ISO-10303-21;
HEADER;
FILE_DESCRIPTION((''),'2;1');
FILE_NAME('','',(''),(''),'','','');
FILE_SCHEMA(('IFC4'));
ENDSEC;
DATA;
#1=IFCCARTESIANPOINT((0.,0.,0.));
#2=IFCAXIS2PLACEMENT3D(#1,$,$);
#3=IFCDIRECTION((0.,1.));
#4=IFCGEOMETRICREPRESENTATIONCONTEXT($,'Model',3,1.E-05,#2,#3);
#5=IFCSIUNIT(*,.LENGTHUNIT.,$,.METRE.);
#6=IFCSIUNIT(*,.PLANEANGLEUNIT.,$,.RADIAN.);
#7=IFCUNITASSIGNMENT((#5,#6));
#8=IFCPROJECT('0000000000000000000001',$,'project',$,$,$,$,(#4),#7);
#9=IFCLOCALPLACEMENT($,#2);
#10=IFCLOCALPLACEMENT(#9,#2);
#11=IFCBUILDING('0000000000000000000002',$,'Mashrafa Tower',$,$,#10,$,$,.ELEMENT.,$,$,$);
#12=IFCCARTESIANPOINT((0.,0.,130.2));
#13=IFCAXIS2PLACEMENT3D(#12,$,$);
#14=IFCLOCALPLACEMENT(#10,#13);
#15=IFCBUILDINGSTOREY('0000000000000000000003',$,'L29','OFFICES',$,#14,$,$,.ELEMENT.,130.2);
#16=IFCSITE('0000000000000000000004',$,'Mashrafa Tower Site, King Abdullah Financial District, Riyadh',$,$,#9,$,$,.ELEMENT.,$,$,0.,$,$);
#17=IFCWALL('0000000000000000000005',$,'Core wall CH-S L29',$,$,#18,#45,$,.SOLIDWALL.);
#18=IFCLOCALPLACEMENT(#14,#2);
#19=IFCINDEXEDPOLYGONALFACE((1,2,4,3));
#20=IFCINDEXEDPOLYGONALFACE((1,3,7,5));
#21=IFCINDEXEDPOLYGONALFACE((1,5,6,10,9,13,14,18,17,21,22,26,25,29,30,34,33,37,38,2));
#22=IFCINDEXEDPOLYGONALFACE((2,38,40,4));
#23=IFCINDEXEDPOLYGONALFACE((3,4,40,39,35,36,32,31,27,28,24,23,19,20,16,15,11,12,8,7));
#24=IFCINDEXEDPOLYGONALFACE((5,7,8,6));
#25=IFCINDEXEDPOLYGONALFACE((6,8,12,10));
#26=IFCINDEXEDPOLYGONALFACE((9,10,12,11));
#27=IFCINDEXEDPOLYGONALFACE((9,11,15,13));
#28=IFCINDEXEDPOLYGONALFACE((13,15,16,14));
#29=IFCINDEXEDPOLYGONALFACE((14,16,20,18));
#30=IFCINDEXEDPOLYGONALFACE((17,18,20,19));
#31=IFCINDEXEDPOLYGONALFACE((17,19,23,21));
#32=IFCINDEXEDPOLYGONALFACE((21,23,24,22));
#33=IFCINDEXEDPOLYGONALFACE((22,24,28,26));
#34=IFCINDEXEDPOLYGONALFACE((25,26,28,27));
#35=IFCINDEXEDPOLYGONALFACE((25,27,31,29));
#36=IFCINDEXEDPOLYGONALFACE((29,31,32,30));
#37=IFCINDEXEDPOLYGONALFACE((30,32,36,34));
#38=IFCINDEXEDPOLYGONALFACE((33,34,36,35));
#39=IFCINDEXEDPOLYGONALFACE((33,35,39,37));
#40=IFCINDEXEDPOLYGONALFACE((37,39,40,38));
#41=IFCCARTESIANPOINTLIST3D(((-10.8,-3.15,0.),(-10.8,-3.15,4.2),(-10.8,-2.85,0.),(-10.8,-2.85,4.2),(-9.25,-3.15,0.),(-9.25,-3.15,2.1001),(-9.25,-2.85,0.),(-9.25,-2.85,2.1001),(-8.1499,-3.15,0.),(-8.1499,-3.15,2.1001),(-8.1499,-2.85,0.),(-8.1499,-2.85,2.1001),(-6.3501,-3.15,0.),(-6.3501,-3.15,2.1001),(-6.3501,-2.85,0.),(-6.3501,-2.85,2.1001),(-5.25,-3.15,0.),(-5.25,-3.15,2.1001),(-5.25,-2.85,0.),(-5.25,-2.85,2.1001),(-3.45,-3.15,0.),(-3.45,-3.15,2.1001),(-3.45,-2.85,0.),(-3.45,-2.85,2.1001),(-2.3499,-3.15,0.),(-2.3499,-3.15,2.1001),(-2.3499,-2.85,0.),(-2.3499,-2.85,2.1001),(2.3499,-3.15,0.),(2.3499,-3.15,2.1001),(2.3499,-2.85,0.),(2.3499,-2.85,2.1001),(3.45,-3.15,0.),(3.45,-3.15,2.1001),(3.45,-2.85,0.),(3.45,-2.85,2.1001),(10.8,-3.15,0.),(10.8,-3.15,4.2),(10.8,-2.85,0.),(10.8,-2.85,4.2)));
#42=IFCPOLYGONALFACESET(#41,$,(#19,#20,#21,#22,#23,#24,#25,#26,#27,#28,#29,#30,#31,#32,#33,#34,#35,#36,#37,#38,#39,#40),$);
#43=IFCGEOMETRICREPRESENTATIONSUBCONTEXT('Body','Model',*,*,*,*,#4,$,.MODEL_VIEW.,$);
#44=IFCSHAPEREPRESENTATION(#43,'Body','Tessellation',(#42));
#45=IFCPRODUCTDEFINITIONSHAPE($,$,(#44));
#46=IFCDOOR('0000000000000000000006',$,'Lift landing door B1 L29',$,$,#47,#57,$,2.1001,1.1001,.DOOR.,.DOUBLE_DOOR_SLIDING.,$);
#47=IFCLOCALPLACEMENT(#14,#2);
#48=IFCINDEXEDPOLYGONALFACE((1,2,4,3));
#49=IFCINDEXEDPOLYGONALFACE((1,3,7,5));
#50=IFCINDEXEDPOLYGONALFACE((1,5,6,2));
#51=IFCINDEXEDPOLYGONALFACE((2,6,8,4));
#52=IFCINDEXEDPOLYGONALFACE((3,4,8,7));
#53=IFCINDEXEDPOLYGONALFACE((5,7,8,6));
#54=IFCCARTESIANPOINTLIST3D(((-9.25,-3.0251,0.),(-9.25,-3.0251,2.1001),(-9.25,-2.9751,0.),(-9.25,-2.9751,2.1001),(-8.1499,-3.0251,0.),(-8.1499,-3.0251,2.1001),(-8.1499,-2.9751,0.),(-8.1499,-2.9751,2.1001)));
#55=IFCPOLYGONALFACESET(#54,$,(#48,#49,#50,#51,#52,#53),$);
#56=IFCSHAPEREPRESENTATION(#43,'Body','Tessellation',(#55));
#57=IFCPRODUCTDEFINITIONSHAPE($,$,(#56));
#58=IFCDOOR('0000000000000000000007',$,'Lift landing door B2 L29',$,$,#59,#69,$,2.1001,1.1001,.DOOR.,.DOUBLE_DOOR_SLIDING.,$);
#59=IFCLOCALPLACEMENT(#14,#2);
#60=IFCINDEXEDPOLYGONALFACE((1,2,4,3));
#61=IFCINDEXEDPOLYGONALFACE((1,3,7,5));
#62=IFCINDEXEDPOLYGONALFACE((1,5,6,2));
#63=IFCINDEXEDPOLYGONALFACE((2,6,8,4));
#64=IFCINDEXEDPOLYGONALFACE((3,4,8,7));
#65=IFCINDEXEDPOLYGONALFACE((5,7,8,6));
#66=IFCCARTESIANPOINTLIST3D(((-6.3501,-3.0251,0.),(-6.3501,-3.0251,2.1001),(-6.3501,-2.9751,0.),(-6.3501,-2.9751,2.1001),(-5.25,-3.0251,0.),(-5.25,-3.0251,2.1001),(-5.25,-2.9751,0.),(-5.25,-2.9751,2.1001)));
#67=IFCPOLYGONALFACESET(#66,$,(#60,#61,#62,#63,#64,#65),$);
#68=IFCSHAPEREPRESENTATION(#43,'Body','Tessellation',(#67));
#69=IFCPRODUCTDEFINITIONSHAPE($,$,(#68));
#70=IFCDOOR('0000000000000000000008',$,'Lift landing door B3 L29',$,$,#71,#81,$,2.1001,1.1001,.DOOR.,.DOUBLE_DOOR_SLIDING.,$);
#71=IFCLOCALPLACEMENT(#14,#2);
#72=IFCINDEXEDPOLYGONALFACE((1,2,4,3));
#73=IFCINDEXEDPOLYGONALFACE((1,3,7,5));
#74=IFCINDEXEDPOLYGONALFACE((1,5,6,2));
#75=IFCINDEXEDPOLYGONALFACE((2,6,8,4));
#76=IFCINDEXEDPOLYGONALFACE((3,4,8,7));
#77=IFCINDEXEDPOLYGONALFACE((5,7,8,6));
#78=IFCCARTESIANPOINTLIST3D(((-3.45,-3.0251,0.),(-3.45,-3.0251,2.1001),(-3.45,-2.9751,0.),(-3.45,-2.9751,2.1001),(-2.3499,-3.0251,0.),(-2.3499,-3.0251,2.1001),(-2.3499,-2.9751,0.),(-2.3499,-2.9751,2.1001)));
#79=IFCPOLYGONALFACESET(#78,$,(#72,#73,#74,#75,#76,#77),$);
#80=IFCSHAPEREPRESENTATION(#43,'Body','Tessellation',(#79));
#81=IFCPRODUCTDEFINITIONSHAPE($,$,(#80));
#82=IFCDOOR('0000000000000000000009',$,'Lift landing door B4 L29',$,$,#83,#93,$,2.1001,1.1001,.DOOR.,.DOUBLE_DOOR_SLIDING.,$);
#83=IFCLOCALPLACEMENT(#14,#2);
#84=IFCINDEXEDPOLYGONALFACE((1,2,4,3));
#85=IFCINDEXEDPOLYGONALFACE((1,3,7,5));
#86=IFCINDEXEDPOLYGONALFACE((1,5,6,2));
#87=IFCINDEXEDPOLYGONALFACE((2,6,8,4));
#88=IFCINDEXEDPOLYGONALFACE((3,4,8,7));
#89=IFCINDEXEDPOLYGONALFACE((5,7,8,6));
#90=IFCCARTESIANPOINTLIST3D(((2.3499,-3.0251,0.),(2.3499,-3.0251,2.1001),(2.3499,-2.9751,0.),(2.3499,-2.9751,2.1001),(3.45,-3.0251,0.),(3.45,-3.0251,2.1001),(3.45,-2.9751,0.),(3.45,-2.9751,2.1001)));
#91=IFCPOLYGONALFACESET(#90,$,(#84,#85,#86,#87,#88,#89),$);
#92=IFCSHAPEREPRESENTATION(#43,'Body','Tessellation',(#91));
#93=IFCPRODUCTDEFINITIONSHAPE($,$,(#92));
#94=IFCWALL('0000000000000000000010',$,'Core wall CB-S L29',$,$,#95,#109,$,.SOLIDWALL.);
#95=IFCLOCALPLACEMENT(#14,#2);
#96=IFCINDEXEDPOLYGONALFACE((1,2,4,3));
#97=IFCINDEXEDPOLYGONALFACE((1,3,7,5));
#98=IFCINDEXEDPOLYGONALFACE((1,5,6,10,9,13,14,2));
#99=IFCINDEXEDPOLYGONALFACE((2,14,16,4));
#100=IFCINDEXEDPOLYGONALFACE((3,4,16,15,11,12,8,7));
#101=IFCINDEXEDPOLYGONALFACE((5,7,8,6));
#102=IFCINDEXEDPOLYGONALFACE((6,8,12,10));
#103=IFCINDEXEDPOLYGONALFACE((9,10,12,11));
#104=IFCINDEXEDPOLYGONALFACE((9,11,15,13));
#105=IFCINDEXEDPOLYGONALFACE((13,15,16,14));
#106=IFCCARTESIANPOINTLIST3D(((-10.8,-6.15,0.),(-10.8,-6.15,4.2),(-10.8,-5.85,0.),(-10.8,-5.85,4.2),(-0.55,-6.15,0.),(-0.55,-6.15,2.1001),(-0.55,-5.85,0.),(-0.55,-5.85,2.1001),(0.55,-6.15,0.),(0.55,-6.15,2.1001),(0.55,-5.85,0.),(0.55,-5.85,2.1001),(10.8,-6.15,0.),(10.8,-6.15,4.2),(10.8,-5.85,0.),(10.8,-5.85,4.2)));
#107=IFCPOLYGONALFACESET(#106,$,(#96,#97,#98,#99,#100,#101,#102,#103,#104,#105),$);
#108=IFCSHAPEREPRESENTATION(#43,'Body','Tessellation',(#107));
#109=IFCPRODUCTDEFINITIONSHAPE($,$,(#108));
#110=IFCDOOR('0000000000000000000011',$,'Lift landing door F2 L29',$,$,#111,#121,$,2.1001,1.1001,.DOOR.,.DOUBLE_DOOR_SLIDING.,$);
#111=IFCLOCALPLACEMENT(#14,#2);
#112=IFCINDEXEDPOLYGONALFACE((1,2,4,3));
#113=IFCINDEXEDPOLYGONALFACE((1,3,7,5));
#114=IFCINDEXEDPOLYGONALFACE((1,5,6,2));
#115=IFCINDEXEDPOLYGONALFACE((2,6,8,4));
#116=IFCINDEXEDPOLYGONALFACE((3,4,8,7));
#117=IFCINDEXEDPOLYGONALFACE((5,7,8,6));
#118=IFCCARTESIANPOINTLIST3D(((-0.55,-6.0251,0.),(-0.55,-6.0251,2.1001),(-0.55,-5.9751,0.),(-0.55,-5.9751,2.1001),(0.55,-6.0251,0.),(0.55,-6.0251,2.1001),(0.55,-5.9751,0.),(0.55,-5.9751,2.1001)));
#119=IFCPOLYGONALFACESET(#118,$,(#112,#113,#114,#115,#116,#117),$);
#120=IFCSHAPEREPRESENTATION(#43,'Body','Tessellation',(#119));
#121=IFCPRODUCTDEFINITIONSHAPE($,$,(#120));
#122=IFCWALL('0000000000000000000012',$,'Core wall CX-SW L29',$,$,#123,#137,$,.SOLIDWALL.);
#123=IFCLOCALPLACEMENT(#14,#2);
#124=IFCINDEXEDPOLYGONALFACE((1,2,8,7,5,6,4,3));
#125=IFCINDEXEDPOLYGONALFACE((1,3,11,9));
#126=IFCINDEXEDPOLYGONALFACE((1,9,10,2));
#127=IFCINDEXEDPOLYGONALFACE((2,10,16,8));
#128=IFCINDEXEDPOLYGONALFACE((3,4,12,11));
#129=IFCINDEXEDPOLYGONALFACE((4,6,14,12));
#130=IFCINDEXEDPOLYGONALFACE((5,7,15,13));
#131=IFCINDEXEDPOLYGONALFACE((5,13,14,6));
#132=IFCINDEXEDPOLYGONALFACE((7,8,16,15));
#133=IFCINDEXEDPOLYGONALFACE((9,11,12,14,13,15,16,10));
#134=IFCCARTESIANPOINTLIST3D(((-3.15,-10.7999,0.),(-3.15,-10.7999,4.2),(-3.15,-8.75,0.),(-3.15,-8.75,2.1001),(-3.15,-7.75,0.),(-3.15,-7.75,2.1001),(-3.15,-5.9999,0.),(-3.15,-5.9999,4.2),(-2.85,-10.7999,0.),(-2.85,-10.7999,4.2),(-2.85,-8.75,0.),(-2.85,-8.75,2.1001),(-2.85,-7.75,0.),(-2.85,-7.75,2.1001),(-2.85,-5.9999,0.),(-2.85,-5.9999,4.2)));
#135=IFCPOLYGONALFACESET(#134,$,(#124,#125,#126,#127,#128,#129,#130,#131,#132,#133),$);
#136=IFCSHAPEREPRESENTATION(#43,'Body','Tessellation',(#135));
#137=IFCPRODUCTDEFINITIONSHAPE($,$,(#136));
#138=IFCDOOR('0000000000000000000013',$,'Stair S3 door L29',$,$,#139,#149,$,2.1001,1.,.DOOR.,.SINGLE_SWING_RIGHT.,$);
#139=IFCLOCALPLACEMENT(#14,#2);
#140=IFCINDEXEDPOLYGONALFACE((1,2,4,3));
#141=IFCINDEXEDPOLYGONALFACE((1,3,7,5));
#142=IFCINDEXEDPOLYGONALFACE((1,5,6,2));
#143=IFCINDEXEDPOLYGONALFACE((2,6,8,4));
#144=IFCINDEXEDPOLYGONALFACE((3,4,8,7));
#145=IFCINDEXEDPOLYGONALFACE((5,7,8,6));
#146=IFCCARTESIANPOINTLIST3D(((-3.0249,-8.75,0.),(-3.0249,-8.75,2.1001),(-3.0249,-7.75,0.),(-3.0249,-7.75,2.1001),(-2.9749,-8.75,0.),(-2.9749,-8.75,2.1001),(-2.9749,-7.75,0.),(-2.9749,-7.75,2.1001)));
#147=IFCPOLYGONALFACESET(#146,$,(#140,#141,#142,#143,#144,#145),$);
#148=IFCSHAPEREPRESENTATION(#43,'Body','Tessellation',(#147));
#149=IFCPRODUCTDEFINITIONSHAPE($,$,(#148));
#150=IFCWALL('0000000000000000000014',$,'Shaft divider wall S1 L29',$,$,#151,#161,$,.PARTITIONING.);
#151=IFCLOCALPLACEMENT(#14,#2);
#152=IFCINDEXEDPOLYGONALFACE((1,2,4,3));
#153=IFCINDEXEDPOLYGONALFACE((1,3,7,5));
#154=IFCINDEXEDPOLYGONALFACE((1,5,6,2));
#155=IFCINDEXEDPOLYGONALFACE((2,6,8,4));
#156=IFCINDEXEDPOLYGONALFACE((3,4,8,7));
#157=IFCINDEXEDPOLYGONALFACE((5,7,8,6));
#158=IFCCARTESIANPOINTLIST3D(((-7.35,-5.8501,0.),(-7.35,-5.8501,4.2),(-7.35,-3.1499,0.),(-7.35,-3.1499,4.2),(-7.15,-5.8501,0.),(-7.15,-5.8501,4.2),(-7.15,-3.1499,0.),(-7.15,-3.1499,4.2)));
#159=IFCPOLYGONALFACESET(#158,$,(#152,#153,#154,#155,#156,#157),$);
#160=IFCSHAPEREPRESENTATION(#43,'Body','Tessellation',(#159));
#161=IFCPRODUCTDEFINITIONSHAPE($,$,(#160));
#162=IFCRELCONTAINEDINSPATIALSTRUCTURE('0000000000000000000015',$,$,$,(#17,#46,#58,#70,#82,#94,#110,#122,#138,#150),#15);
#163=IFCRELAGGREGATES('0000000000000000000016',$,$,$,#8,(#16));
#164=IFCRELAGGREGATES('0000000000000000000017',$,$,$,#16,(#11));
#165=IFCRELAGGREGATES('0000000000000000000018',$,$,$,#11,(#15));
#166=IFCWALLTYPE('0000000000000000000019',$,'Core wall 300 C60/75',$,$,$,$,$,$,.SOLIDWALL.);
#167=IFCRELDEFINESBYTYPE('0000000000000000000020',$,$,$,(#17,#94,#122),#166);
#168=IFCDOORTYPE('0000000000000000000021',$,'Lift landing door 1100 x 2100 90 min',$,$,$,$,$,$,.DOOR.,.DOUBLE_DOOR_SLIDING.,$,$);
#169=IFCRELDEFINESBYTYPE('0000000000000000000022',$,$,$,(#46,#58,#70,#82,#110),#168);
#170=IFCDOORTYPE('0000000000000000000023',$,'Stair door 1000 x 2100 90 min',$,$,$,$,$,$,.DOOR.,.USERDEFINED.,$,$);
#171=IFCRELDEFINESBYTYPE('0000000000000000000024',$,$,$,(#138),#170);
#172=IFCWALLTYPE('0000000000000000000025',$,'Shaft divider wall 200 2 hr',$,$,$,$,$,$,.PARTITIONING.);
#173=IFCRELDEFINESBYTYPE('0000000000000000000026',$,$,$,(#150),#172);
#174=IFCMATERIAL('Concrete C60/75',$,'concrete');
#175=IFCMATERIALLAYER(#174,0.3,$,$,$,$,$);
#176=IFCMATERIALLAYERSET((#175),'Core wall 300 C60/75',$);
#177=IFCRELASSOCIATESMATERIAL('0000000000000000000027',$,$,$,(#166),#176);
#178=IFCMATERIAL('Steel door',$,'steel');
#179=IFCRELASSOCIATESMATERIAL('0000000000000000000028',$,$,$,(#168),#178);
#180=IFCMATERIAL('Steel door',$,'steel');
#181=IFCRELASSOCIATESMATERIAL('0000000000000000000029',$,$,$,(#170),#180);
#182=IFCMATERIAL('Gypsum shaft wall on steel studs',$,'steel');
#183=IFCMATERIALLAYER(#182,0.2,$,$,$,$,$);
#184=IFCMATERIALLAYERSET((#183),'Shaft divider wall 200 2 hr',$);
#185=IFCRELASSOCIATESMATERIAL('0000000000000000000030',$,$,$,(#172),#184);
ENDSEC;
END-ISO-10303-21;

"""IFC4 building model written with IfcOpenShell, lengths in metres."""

from ifc_helpers import new_model, si_unit, direction, frame, frame_2d, origin, place, context, subcontext, project, spatial, rectangle, extrude, material, layer, layer_set, type_object, element, fill, save


model = new_model("IFC4")

# Units and contexts
model_context = context("Model", 3, precision=1e-05, world=origin(), true_north=direction((0.0, 1.0)))
body_context = subcontext(model_context, "Body", "Model", "MODEL_VIEW")
ifc_project = project(units=[si_unit("LENGTHUNIT", "METRE"), si_unit("PLANEANGLEUNIT", "RADIAN")], contexts=[model_context])

# Site, building, storey
site_placement = place(None, origin())
site = spatial("IfcSite", under=ifc_project, at=site_placement, Name="Mashrafa Tower Site, King Abdullah Financial District, Riyadh", CompositionType="ELEMENT", RefElevation=0.0)
building_placement = place(site_placement, origin())
building = spatial("IfcBuilding", under=site, at=building_placement, Name="Mashrafa Tower", CompositionType="ELEMENT")
storey_placement = place(building_placement, frame((0.0, 0.0, 130.2)))
storey = spatial("IfcBuildingStorey", under=building, at=storey_placement, Name="L29", Description="OFFICES", CompositionType="ELEMENT", Elevation=130.2)

# Wall, openings, doors
ifc_material_1 = material(Name="Concrete C60/75", Category="concrete")
ifc_layer_1 = layer(ifc_material_1, 0.3)
ifc_layer_set_1 = layer_set([ifc_layer_1], Name="Core wall 300 C60/75")
wall_type_1 = type_object("IfcWallType", Name="Core wall 300 C60/75", PredefinedType="SOLIDWALL", material=ifc_layer_set_1)
wall_1_placement = place(storey_placement, frame((-10.8, -3.0, 0.0), z_axis=(0.0, 0.0, 1.0), x_axis=(1.0, 0.0, 0.0)))
wall_1 = element("IfcWall", 1, at=wall_1_placement, inside=storey, type_object=wall_type_1, Name="Core wall CH-S L29", PredefinedType="SOLIDWALL", context=body_context, shape_type="SweptSolid", body=[
    extrude(rectangle(XDim=21.6001, YDim=0.3, at=frame_2d((10.8, 0.0))), origin(), (0.0, 0.0, 1.0), 4.2),
])
opening_1_placement = place(wall_1_placement, frame((1.55, 0.0, 0.0)))
opening_1 = element("IfcOpeningElement", 2, at=opening_1_placement, cuts=wall_1, PredefinedType="OPENING", context=body_context, shape_type="SweptSolid", body=[
    extrude(rectangle(XDim=1.1001, YDim=2.1001, at=frame_2d((0.55, 1.05))), frame((0.0, 0.1599, 0.0), z_axis=(0.0, -1.0, 0.0), x_axis=(1.0, 0.0, 0.0)), (0.0, 0.0, 1.0), 0.3201),
])
opening_2_placement = place(wall_1_placement, frame((4.45, 0.0, 0.0)))
opening_2 = element("IfcOpeningElement", 3, at=opening_2_placement, cuts=wall_1, PredefinedType="OPENING", context=body_context, shape_type="SweptSolid", body=[
    extrude(rectangle(XDim=1.1001, YDim=2.1001, at=frame_2d((0.55, 1.05))), frame((0.0, 0.1599, 0.0), z_axis=(0.0, -1.0, 0.0), x_axis=(1.0, 0.0, 0.0)), (0.0, 0.0, 1.0), 0.3201),
])
opening_3_placement = place(wall_1_placement, frame((7.3501, 0.0, 0.0)))
opening_3 = element("IfcOpeningElement", 4, at=opening_3_placement, cuts=wall_1, PredefinedType="OPENING", context=body_context, shape_type="SweptSolid", body=[
    extrude(rectangle(XDim=1.1001, YDim=2.1001, at=frame_2d((0.55, 1.05))), frame((0.0, 0.1599, 0.0), z_axis=(0.0, -1.0, 0.0), x_axis=(1.0, 0.0, 0.0)), (0.0, 0.0, 1.0), 0.3201),
])
opening_4_placement = place(wall_1_placement, frame((13.1499, 0.0, 0.0)))
opening_4 = element("IfcOpeningElement", 5, at=opening_4_placement, cuts=wall_1, PredefinedType="OPENING", context=body_context, shape_type="SweptSolid", body=[
    extrude(rectangle(XDim=1.1001, YDim=2.1001, at=frame_2d((0.55, 1.05))), frame((0.0, 0.1599, 0.0), z_axis=(0.0, -1.0, 0.0), x_axis=(1.0, 0.0, 0.0)), (0.0, 0.0, 1.0), 0.3201),
])
ifc_material_2 = material(Name="Steel door", Category="steel")
door_type_1 = type_object("IfcDoorType", Name="Lift landing door 1100 x 2100 90 min", OperationType="DOUBLE_DOOR_SLIDING", PredefinedType="DOOR", material=ifc_material_2)
door_1_placement = place(opening_1_placement, origin())
door_1 = element("IfcDoor", 6, at=door_1_placement, inside=storey, type_object=door_type_1, Name="Lift landing door B1 L29", OperationType="DOUBLE_DOOR_SLIDING", OverallHeight=2.1001, OverallWidth=1.1001, PredefinedType="DOOR", context=body_context, shape_type="SweptSolid", body=[
    extrude(rectangle(XDim=1.1001, YDim=2.1001, at=frame_2d((0.55, 1.05))), frame((0.0, 0.0249, 0.0), z_axis=(0.0, -1.0, 0.0), x_axis=(1.0, 0.0, 0.0)), (0.0, 0.0, 1.0), 0.05),
])
fill(opening_1, door_1)
door_2_placement = place(opening_2_placement, origin())
door_2 = element("IfcDoor", 7, at=door_2_placement, inside=storey, type_object=door_type_1, Name="Lift landing door B2 L29", OperationType="DOUBLE_DOOR_SLIDING", OverallHeight=2.1001, OverallWidth=1.1001, PredefinedType="DOOR", context=body_context, shape_type="SweptSolid", body=[
    extrude(rectangle(XDim=1.1001, YDim=2.1001, at=frame_2d((0.55, 1.05))), frame((0.0, 0.0249, 0.0), z_axis=(0.0, -1.0, 0.0), x_axis=(1.0, 0.0, 0.0)), (0.0, 0.0, 1.0), 0.05),
])
fill(opening_2, door_2)
door_3_placement = place(opening_3_placement, origin())
door_3 = element("IfcDoor", 8, at=door_3_placement, inside=storey, type_object=door_type_1, Name="Lift landing door B3 L29", OperationType="DOUBLE_DOOR_SLIDING", OverallHeight=2.1001, OverallWidth=1.1001, PredefinedType="DOOR", context=body_context, shape_type="SweptSolid", body=[
    extrude(rectangle(XDim=1.1001, YDim=2.1001, at=frame_2d((0.55, 1.05))), frame((0.0, 0.0249, 0.0), z_axis=(0.0, -1.0, 0.0), x_axis=(1.0, 0.0, 0.0)), (0.0, 0.0, 1.0), 0.05),
])
fill(opening_3, door_3)
door_4_placement = place(opening_4_placement, origin())
door_4 = element("IfcDoor", 9, at=door_4_placement, inside=storey, type_object=door_type_1, Name="Lift landing door B4 L29", OperationType="DOUBLE_DOOR_SLIDING", OverallHeight=2.1001, OverallWidth=1.1001, PredefinedType="DOOR", context=body_context, shape_type="SweptSolid", body=[
    extrude(rectangle(XDim=1.1001, YDim=2.1001, at=frame_2d((0.55, 1.05))), frame((0.0, 0.0249, 0.0), z_axis=(0.0, -1.0, 0.0), x_axis=(1.0, 0.0, 0.0)), (0.0, 0.0, 1.0), 0.05),
])
fill(opening_4, door_4)

# Walls, openings, doors
wall_2_placement = place(storey_placement, frame((-10.8, -6.0, 0.0), z_axis=(0.0, 0.0, 1.0), x_axis=(1.0, 0.0, 0.0)))
wall_2 = element("IfcWall", 10, at=wall_2_placement, inside=storey, type_object=wall_type_1, Name="Core wall CB-S L29", PredefinedType="SOLIDWALL", context=body_context, shape_type="SweptSolid", body=[
    extrude(rectangle(XDim=21.6001, YDim=0.3, at=frame_2d((10.8, 0.0))), origin(), (0.0, 0.0, 1.0), 4.2),
])
opening_5_placement = place(wall_2_placement, frame((10.25, 0.0, 0.0)))
opening_5 = element("IfcOpeningElement", 11, at=opening_5_placement, cuts=wall_2, PredefinedType="OPENING", context=body_context, shape_type="SweptSolid", body=[
    extrude(rectangle(XDim=1.1001, YDim=2.1001, at=frame_2d((0.55, 1.05))), frame((0.0, 0.1599, 0.0), z_axis=(0.0, -1.0, 0.0), x_axis=(1.0, 0.0, 0.0)), (0.0, 0.0, 1.0), 0.3201),
])
door_5_placement = place(opening_5_placement, origin())
door_5 = element("IfcDoor", 12, at=door_5_placement, inside=storey, type_object=door_type_1, Name="Lift landing door F2 L29", OperationType="DOUBLE_DOOR_SLIDING", OverallHeight=2.1001, OverallWidth=1.1001, PredefinedType="DOOR", context=body_context, shape_type="SweptSolid", body=[
    extrude(rectangle(XDim=1.1001, YDim=2.1001, at=frame_2d((0.55, 1.05))), frame((0.0, 0.0249, 0.0), z_axis=(0.0, -1.0, 0.0), x_axis=(1.0, 0.0, 0.0)), (0.0, 0.0, 1.0), 0.05),
])
fill(opening_5, door_5)
wall_3_placement = place(storey_placement, frame((-3.0, -6.0, 0.0), z_axis=(0.0, 0.0, 1.0), x_axis=(0.0, -1.0, 0.0)))
wall_3 = element("IfcWall", 13, at=wall_3_placement, inside=storey, type_object=wall_type_1, Name="Core wall CX-SW L29", PredefinedType="SOLIDWALL", context=body_context, shape_type="SweptSolid", body=[
    extrude(rectangle(XDim=4.8, YDim=0.3, at=frame_2d((2.3999, 0.0))), origin(), (0.0, 0.0, 1.0), 4.2),
])
opening_6_placement = place(wall_3_placement, frame((1.75, 0.0, 0.0)))
opening_6 = element("IfcOpeningElement", 14, at=opening_6_placement, cuts=wall_3, PredefinedType="OPENING", context=body_context, shape_type="SweptSolid", body=[
    extrude(rectangle(XDim=1.0, YDim=2.1001, at=frame_2d((0.5, 1.05))), frame((0.0, 0.1599, 0.0), z_axis=(0.0, -1.0, 0.0), x_axis=(1.0, 0.0, 0.0)), (0.0, 0.0, 1.0), 0.3201),
])
ifc_material_3 = material(Name="Steel door", Category="steel")
door_type_2 = type_object("IfcDoorType", Name="Stair door 1000 x 2100 90 min", OperationType="USERDEFINED", PredefinedType="DOOR", material=ifc_material_3)
door_6_placement = place(opening_6_placement, frame((1.0, 0.0, 0.0), z_axis=(0.0, 0.0, 1.0), x_axis=(-1.0, 0.0, 0.0)))
door_6 = element("IfcDoor", 15, at=door_6_placement, inside=storey, type_object=door_type_2, Name="Stair S3 door L29", OperationType="SINGLE_SWING_RIGHT", OverallHeight=2.1001, OverallWidth=1.0, PredefinedType="DOOR", context=body_context, shape_type="SweptSolid", body=[
    extrude(rectangle(XDim=1.0, YDim=2.1001, at=frame_2d((0.5, 1.05))), frame((0.0, 0.0249, 0.0), z_axis=(0.0, -1.0, 0.0), x_axis=(1.0, 0.0, 0.0)), (0.0, 0.0, 1.0), 0.05),
])
fill(opening_6, door_6)

# Wall
ifc_material_4 = material(Name="Gypsum shaft wall on steel studs", Category="steel")
ifc_layer_2 = layer(ifc_material_4, 0.2)
ifc_layer_set_2 = layer_set([ifc_layer_2], Name="Shaft divider wall 200 2 hr")
wall_type_2 = type_object("IfcWallType", Name="Shaft divider wall 200 2 hr", PredefinedType="PARTITIONING", material=ifc_layer_set_2)
for number, where, z_axis, x_axis, name in (
    (16, (-7.25, -5.8501, 0.0), (0.0, 0.0, 1.0), (0.0, 1.0, 0.0), "Shaft divider wall S1 L29"),
):
    element("IfcWall", number, at=place(storey_placement, frame(where, z_axis=z_axis, x_axis=x_axis)), inside=storey, type_object=wall_type_2, Name=name, PredefinedType="PARTITIONING", context=body_context, shape_type="SweptSolid", body=[
        extrude(rectangle(XDim=2.7002, YDim=0.2, at=frame_2d((1.3501, 0.0))), origin(), (0.0, 0.0, 1.0), 4.2),
    ])

save(model, "model.ifc")
